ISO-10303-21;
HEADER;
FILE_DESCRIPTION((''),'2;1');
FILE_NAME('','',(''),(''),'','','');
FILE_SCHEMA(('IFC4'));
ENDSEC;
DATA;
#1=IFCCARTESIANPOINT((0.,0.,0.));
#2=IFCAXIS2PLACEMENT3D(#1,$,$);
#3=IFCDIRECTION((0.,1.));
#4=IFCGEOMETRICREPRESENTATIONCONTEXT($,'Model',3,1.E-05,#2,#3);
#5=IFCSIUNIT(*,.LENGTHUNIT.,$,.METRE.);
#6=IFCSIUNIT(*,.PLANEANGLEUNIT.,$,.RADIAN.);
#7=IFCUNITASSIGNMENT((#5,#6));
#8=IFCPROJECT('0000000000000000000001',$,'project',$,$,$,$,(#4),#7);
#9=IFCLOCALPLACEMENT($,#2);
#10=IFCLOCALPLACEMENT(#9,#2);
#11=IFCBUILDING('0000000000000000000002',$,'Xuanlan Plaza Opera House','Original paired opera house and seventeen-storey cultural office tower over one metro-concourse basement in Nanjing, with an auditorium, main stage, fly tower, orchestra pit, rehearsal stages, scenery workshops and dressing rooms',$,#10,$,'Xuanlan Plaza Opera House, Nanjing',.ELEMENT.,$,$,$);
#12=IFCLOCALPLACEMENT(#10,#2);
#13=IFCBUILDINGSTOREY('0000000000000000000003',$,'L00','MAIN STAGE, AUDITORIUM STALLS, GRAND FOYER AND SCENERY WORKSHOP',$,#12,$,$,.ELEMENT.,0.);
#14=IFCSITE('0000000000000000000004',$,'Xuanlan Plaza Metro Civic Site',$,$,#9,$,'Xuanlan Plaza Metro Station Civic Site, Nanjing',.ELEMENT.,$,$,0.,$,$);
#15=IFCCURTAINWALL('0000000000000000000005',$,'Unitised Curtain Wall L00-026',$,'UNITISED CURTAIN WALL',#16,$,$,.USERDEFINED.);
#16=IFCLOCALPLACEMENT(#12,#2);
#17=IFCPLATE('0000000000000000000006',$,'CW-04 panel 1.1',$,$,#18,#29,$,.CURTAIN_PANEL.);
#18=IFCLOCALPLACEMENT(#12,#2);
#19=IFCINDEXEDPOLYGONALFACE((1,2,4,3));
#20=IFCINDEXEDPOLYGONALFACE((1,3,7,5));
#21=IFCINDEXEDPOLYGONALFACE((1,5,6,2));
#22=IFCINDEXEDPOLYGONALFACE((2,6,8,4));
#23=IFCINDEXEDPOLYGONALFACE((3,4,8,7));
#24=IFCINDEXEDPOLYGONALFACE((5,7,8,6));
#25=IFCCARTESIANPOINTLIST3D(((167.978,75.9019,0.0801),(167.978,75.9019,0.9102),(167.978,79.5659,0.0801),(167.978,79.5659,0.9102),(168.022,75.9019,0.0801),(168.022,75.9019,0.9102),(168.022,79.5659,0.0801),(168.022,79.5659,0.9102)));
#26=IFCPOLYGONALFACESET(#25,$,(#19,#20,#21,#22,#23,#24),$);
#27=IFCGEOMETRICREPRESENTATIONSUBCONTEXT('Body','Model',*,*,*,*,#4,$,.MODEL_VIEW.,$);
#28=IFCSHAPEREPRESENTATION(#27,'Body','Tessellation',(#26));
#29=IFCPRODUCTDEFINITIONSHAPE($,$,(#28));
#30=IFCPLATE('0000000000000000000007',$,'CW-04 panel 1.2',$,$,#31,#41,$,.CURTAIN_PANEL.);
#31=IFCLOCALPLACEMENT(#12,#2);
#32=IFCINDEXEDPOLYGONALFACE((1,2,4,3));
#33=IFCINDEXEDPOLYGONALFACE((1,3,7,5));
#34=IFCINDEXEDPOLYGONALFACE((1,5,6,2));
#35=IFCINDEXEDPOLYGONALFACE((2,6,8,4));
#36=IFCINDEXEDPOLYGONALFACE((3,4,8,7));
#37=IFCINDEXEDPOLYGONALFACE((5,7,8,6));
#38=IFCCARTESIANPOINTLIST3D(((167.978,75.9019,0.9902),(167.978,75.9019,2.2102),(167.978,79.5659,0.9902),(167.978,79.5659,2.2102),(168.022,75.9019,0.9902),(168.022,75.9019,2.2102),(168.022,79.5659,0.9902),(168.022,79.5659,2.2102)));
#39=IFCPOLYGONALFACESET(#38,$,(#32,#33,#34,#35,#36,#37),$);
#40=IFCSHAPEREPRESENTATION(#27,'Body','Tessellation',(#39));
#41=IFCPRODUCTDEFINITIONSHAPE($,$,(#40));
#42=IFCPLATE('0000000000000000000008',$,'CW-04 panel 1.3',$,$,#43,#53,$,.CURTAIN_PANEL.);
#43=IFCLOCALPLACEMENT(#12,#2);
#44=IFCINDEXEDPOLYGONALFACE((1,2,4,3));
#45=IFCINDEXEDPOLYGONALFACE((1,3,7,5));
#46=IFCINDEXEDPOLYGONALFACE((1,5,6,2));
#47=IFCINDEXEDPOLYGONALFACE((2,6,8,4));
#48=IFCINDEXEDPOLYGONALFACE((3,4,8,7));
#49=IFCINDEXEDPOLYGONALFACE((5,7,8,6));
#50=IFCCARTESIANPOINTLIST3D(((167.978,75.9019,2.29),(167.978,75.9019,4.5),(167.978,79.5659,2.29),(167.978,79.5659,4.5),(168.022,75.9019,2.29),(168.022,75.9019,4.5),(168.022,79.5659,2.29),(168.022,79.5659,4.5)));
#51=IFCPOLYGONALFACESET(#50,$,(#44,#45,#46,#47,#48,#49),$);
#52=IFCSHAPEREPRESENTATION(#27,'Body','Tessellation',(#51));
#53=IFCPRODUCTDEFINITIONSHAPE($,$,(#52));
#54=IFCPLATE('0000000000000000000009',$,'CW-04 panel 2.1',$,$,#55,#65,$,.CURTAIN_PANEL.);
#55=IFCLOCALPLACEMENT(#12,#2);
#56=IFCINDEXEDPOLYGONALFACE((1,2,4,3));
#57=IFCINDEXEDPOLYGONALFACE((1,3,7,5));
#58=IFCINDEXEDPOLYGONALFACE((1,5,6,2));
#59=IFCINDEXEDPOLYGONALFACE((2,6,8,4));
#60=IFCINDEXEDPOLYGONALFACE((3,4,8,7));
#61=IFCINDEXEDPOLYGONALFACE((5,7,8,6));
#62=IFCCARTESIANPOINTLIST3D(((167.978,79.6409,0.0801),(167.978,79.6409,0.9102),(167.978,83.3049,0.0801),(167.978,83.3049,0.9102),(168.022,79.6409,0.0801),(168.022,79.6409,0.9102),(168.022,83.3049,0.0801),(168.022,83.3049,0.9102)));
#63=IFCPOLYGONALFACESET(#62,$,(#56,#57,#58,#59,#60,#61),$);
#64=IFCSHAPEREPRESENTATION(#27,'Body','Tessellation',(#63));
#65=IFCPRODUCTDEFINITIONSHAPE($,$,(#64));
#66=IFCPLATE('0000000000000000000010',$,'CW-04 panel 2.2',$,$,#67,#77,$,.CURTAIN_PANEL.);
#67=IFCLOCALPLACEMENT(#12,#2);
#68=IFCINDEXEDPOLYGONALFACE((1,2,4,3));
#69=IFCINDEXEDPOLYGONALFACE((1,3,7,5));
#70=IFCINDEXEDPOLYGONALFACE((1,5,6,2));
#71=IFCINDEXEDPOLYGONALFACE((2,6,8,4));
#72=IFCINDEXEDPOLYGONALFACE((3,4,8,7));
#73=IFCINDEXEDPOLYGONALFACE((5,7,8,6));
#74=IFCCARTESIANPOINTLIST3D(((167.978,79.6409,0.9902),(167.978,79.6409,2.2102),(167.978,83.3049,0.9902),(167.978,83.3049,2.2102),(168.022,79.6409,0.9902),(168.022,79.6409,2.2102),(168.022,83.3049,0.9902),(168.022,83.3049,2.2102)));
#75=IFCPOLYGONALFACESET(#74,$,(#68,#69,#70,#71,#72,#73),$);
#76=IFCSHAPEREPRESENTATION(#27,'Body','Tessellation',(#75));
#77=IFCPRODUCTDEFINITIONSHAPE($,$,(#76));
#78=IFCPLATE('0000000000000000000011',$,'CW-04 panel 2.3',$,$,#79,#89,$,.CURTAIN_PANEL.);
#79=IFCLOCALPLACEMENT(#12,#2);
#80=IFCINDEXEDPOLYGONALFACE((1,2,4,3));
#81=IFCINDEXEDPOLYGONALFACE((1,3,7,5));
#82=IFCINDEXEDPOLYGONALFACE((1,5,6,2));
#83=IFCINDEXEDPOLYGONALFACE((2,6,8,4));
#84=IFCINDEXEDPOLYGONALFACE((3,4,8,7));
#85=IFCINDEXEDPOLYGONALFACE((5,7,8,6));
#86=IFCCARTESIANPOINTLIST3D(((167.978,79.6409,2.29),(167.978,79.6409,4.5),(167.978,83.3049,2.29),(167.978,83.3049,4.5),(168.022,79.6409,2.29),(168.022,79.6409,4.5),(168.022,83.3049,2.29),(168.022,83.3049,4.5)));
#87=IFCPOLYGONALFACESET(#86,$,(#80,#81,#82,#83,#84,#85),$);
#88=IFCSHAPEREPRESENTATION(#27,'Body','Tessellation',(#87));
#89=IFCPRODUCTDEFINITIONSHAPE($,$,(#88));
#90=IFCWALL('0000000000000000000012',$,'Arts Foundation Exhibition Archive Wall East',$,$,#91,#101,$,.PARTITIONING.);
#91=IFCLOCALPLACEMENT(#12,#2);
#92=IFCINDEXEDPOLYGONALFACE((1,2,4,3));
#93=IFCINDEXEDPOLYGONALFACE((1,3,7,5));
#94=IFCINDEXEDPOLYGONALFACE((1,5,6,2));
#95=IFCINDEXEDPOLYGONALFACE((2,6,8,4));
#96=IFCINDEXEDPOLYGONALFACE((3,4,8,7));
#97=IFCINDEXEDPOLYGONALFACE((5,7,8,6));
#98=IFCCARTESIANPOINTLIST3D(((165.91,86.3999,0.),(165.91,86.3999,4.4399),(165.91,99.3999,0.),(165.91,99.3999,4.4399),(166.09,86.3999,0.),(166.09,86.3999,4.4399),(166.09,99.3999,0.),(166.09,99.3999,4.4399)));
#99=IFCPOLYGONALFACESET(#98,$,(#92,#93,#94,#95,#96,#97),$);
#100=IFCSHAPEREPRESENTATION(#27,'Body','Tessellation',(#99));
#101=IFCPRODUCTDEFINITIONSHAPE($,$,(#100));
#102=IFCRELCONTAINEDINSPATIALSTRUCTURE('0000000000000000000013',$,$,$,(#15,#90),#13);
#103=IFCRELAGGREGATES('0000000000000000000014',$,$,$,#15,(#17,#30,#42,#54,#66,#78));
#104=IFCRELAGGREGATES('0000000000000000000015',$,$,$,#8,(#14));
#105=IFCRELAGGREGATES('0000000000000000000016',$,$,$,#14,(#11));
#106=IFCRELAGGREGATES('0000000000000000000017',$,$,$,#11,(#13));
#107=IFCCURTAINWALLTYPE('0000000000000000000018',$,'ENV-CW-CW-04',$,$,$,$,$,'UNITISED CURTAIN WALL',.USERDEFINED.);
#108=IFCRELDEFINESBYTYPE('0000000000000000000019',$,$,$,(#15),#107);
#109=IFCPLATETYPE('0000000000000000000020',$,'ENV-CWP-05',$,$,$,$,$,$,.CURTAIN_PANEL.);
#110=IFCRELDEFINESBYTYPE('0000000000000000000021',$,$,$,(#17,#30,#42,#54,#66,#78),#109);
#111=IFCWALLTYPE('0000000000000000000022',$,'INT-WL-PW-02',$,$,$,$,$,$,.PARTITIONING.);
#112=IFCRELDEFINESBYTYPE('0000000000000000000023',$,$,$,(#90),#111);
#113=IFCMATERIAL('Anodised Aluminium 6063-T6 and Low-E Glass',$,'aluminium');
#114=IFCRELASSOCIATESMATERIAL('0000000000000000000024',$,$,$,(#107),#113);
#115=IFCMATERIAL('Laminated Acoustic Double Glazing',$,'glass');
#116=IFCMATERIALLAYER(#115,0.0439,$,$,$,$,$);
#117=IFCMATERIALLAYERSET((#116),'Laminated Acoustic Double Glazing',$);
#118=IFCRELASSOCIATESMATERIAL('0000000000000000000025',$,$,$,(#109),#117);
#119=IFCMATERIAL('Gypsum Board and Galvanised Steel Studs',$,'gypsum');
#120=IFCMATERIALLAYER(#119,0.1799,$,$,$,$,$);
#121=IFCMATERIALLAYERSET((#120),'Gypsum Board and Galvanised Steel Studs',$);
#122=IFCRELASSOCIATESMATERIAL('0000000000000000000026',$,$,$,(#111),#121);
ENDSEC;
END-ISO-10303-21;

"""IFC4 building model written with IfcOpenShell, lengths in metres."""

from ifc_helpers import new_model, si_unit, direction, frame, frame_2d, origin, origin_2d, place, context, subcontext, project, spatial, rectangle, extrude, material, layer, layer_set, type_object, element, aggregate, save


model = new_model("IFC4")

# Units and contexts
model_context = context("Model", 3, precision=1e-05, world=origin(), true_north=direction((0.0, 1.0)))
body_context = subcontext(model_context, "Body", "Model", "MODEL_VIEW")
ifc_project = project(units=[si_unit("LENGTHUNIT", "METRE"), si_unit("PLANEANGLEUNIT", "RADIAN")], contexts=[model_context])

# Site, building, storey
site_placement = place(None, origin())
site = spatial("IfcSite", under=ifc_project, at=site_placement, Name="Xuanlan Plaza Metro Civic Site", LongName="Xuanlan Plaza Metro Station Civic Site, Nanjing", CompositionType="ELEMENT", RefElevation=0.0)
building_placement = place(site_placement, origin())
building = spatial("IfcBuilding", under=site, at=building_placement, Name="Xuanlan Plaza Opera House", Description="Original paired opera house and seventeen-storey cultural office tower over one metro-concourse basement in Nanjing, with an auditorium, main stage, fly tower, orchestra pit, rehearsal stages, scenery workshops and dressing rooms", LongName="Xuanlan Plaza Opera House, Nanjing", CompositionType="ELEMENT")
storey_placement = place(building_placement, origin())
storey = spatial("IfcBuildingStorey", under=building, at=storey_placement, Name="L00", Description="MAIN STAGE, AUDITORIUM STALLS, GRAND FOYER AND SCENERY WORKSHOP", CompositionType="ELEMENT", Elevation=0.0)

# Curtain wall
ifc_material_1 = material(Name="Anodised Aluminium 6063-T6 and Low-E Glass", Category="aluminium")
curtain_wall_type = type_object("IfcCurtainWallType", Name="ENV-CW-CW-04", ElementType="UNITISED CURTAIN WALL", PredefinedType="USERDEFINED", material=ifc_material_1)
curtain_wall_placement = place(storey_placement, origin())
curtain_wall = element("IfcCurtainWall", 1, at=curtain_wall_placement, inside=storey, type_object=curtain_wall_type, Name="Unitised Curtain Wall L00-026", ObjectType="UNITISED CURTAIN WALL", PredefinedType="USERDEFINED")

# Plates
ifc_material_2 = material(Name="Laminated Acoustic Double Glazing", Category="glass")
ifc_layer_1 = layer(ifc_material_2, 0.0439)
ifc_layer_set_1 = layer_set([ifc_layer_1], Name="Laminated Acoustic Double Glazing")
plate_type = type_object("IfcPlateType", Name="ENV-CWP-05", PredefinedType="CURTAIN_PANEL", material=ifc_layer_set_1)
plate_1_placement = place(storey_placement, frame((168.0, 77.7339, 0.0801), z_axis=(0.0, 0.0, 1.0), x_axis=(0.0, 1.0, 0.0)))
plate_1 = element("IfcPlate", 2, at=plate_1_placement, type_object=plate_type, Name="CW-04 panel 1.1", PredefinedType="CURTAIN_PANEL", context=body_context, shape_type="SweptSolid", body=[
    extrude(rectangle(XDim=3.6641, YDim=0.0439, at=origin_2d()), origin(), (0.0, 0.0, 1.0), 0.8301),
])
plate_2_placement = place(storey_placement, frame((168.0, 77.7339, 0.9902), z_axis=(0.0, 0.0, 1.0), x_axis=(0.0, 1.0, 0.0)))
plate_2 = element("IfcPlate", 3, at=plate_2_placement, type_object=plate_type, Name="CW-04 panel 1.2", PredefinedType="CURTAIN_PANEL", context=body_context, shape_type="SweptSolid", body=[
    extrude(rectangle(XDim=3.6641, YDim=0.0439, at=origin_2d()), origin(), (0.0, 0.0, 1.0), 1.22),
])
plate_3_placement = place(storey_placement, frame((168.0, 77.7339, 2.29), z_axis=(0.0, 0.0, 1.0), x_axis=(0.0, 1.0, 0.0)))
plate_3 = element("IfcPlate", 4, at=plate_3_placement, type_object=plate_type, Name="CW-04 panel 1.3", PredefinedType="CURTAIN_PANEL", context=body_context, shape_type="SweptSolid", body=[
    extrude(rectangle(XDim=3.6641, YDim=0.0439, at=origin_2d()), origin(), (0.0, 0.0, 1.0), 2.21),
])
plate_4_placement = place(storey_placement, frame((168.0, 81.4729, 0.0801), z_axis=(0.0, 0.0, 1.0), x_axis=(0.0, 1.0, 0.0)))
plate_4 = element("IfcPlate", 5, at=plate_4_placement, type_object=plate_type, Name="CW-04 panel 2.1", PredefinedType="CURTAIN_PANEL", context=body_context, shape_type="SweptSolid", body=[
    extrude(rectangle(XDim=3.6641, YDim=0.0439, at=origin_2d()), origin(), (0.0, 0.0, 1.0), 0.8301),
])
plate_5_placement = place(storey_placement, frame((168.0, 81.4729, 0.9902), z_axis=(0.0, 0.0, 1.0), x_axis=(0.0, 1.0, 0.0)))
plate_5 = element("IfcPlate", 6, at=plate_5_placement, type_object=plate_type, Name="CW-04 panel 2.2", PredefinedType="CURTAIN_PANEL", context=body_context, shape_type="SweptSolid", body=[
    extrude(rectangle(XDim=3.6641, YDim=0.0439, at=origin_2d()), origin(), (0.0, 0.0, 1.0), 1.22),
])
plate_6_placement = place(storey_placement, frame((168.0, 81.4729, 2.29), z_axis=(0.0, 0.0, 1.0), x_axis=(0.0, 1.0, 0.0)))
plate_6 = element("IfcPlate", 7, at=plate_6_placement, type_object=plate_type, Name="CW-04 panel 2.3", PredefinedType="CURTAIN_PANEL", context=body_context, shape_type="SweptSolid", body=[
    extrude(rectangle(XDim=3.6641, YDim=0.0439, at=origin_2d()), origin(), (0.0, 0.0, 1.0), 2.21),
])
aggregate(curtain_wall, [plate_1, plate_2, plate_3, plate_4, plate_5, plate_6])

# Wall
ifc_material_3 = material(Name="Gypsum Board and Galvanised Steel Studs", Category="gypsum")
ifc_layer_2 = layer(ifc_material_3, 0.1799)
ifc_layer_set_2 = layer_set([ifc_layer_2], Name="Gypsum Board and Galvanised Steel Studs")
wall_type = type_object("IfcWallType", Name="INT-WL-PW-02", PredefinedType="PARTITIONING", material=ifc_layer_set_2)
wall_placement = place(storey_placement, frame((166.0, 86.3999, 0.0), z_axis=(0.0, 0.0, 1.0), x_axis=(0.0, 1.0, 0.0)))
element("IfcWall", 8, at=wall_placement, inside=storey, type_object=wall_type, Name="Arts Foundation Exhibition Archive Wall East", PredefinedType="PARTITIONING", context=body_context, shape_type="SweptSolid", body=[
    extrude(rectangle(XDim=13.0, YDim=0.1799, at=frame_2d((6.5, 0.0))), origin(), (0.0, 0.0, 1.0), 4.4399),
])

save(model, "model.ifc")
